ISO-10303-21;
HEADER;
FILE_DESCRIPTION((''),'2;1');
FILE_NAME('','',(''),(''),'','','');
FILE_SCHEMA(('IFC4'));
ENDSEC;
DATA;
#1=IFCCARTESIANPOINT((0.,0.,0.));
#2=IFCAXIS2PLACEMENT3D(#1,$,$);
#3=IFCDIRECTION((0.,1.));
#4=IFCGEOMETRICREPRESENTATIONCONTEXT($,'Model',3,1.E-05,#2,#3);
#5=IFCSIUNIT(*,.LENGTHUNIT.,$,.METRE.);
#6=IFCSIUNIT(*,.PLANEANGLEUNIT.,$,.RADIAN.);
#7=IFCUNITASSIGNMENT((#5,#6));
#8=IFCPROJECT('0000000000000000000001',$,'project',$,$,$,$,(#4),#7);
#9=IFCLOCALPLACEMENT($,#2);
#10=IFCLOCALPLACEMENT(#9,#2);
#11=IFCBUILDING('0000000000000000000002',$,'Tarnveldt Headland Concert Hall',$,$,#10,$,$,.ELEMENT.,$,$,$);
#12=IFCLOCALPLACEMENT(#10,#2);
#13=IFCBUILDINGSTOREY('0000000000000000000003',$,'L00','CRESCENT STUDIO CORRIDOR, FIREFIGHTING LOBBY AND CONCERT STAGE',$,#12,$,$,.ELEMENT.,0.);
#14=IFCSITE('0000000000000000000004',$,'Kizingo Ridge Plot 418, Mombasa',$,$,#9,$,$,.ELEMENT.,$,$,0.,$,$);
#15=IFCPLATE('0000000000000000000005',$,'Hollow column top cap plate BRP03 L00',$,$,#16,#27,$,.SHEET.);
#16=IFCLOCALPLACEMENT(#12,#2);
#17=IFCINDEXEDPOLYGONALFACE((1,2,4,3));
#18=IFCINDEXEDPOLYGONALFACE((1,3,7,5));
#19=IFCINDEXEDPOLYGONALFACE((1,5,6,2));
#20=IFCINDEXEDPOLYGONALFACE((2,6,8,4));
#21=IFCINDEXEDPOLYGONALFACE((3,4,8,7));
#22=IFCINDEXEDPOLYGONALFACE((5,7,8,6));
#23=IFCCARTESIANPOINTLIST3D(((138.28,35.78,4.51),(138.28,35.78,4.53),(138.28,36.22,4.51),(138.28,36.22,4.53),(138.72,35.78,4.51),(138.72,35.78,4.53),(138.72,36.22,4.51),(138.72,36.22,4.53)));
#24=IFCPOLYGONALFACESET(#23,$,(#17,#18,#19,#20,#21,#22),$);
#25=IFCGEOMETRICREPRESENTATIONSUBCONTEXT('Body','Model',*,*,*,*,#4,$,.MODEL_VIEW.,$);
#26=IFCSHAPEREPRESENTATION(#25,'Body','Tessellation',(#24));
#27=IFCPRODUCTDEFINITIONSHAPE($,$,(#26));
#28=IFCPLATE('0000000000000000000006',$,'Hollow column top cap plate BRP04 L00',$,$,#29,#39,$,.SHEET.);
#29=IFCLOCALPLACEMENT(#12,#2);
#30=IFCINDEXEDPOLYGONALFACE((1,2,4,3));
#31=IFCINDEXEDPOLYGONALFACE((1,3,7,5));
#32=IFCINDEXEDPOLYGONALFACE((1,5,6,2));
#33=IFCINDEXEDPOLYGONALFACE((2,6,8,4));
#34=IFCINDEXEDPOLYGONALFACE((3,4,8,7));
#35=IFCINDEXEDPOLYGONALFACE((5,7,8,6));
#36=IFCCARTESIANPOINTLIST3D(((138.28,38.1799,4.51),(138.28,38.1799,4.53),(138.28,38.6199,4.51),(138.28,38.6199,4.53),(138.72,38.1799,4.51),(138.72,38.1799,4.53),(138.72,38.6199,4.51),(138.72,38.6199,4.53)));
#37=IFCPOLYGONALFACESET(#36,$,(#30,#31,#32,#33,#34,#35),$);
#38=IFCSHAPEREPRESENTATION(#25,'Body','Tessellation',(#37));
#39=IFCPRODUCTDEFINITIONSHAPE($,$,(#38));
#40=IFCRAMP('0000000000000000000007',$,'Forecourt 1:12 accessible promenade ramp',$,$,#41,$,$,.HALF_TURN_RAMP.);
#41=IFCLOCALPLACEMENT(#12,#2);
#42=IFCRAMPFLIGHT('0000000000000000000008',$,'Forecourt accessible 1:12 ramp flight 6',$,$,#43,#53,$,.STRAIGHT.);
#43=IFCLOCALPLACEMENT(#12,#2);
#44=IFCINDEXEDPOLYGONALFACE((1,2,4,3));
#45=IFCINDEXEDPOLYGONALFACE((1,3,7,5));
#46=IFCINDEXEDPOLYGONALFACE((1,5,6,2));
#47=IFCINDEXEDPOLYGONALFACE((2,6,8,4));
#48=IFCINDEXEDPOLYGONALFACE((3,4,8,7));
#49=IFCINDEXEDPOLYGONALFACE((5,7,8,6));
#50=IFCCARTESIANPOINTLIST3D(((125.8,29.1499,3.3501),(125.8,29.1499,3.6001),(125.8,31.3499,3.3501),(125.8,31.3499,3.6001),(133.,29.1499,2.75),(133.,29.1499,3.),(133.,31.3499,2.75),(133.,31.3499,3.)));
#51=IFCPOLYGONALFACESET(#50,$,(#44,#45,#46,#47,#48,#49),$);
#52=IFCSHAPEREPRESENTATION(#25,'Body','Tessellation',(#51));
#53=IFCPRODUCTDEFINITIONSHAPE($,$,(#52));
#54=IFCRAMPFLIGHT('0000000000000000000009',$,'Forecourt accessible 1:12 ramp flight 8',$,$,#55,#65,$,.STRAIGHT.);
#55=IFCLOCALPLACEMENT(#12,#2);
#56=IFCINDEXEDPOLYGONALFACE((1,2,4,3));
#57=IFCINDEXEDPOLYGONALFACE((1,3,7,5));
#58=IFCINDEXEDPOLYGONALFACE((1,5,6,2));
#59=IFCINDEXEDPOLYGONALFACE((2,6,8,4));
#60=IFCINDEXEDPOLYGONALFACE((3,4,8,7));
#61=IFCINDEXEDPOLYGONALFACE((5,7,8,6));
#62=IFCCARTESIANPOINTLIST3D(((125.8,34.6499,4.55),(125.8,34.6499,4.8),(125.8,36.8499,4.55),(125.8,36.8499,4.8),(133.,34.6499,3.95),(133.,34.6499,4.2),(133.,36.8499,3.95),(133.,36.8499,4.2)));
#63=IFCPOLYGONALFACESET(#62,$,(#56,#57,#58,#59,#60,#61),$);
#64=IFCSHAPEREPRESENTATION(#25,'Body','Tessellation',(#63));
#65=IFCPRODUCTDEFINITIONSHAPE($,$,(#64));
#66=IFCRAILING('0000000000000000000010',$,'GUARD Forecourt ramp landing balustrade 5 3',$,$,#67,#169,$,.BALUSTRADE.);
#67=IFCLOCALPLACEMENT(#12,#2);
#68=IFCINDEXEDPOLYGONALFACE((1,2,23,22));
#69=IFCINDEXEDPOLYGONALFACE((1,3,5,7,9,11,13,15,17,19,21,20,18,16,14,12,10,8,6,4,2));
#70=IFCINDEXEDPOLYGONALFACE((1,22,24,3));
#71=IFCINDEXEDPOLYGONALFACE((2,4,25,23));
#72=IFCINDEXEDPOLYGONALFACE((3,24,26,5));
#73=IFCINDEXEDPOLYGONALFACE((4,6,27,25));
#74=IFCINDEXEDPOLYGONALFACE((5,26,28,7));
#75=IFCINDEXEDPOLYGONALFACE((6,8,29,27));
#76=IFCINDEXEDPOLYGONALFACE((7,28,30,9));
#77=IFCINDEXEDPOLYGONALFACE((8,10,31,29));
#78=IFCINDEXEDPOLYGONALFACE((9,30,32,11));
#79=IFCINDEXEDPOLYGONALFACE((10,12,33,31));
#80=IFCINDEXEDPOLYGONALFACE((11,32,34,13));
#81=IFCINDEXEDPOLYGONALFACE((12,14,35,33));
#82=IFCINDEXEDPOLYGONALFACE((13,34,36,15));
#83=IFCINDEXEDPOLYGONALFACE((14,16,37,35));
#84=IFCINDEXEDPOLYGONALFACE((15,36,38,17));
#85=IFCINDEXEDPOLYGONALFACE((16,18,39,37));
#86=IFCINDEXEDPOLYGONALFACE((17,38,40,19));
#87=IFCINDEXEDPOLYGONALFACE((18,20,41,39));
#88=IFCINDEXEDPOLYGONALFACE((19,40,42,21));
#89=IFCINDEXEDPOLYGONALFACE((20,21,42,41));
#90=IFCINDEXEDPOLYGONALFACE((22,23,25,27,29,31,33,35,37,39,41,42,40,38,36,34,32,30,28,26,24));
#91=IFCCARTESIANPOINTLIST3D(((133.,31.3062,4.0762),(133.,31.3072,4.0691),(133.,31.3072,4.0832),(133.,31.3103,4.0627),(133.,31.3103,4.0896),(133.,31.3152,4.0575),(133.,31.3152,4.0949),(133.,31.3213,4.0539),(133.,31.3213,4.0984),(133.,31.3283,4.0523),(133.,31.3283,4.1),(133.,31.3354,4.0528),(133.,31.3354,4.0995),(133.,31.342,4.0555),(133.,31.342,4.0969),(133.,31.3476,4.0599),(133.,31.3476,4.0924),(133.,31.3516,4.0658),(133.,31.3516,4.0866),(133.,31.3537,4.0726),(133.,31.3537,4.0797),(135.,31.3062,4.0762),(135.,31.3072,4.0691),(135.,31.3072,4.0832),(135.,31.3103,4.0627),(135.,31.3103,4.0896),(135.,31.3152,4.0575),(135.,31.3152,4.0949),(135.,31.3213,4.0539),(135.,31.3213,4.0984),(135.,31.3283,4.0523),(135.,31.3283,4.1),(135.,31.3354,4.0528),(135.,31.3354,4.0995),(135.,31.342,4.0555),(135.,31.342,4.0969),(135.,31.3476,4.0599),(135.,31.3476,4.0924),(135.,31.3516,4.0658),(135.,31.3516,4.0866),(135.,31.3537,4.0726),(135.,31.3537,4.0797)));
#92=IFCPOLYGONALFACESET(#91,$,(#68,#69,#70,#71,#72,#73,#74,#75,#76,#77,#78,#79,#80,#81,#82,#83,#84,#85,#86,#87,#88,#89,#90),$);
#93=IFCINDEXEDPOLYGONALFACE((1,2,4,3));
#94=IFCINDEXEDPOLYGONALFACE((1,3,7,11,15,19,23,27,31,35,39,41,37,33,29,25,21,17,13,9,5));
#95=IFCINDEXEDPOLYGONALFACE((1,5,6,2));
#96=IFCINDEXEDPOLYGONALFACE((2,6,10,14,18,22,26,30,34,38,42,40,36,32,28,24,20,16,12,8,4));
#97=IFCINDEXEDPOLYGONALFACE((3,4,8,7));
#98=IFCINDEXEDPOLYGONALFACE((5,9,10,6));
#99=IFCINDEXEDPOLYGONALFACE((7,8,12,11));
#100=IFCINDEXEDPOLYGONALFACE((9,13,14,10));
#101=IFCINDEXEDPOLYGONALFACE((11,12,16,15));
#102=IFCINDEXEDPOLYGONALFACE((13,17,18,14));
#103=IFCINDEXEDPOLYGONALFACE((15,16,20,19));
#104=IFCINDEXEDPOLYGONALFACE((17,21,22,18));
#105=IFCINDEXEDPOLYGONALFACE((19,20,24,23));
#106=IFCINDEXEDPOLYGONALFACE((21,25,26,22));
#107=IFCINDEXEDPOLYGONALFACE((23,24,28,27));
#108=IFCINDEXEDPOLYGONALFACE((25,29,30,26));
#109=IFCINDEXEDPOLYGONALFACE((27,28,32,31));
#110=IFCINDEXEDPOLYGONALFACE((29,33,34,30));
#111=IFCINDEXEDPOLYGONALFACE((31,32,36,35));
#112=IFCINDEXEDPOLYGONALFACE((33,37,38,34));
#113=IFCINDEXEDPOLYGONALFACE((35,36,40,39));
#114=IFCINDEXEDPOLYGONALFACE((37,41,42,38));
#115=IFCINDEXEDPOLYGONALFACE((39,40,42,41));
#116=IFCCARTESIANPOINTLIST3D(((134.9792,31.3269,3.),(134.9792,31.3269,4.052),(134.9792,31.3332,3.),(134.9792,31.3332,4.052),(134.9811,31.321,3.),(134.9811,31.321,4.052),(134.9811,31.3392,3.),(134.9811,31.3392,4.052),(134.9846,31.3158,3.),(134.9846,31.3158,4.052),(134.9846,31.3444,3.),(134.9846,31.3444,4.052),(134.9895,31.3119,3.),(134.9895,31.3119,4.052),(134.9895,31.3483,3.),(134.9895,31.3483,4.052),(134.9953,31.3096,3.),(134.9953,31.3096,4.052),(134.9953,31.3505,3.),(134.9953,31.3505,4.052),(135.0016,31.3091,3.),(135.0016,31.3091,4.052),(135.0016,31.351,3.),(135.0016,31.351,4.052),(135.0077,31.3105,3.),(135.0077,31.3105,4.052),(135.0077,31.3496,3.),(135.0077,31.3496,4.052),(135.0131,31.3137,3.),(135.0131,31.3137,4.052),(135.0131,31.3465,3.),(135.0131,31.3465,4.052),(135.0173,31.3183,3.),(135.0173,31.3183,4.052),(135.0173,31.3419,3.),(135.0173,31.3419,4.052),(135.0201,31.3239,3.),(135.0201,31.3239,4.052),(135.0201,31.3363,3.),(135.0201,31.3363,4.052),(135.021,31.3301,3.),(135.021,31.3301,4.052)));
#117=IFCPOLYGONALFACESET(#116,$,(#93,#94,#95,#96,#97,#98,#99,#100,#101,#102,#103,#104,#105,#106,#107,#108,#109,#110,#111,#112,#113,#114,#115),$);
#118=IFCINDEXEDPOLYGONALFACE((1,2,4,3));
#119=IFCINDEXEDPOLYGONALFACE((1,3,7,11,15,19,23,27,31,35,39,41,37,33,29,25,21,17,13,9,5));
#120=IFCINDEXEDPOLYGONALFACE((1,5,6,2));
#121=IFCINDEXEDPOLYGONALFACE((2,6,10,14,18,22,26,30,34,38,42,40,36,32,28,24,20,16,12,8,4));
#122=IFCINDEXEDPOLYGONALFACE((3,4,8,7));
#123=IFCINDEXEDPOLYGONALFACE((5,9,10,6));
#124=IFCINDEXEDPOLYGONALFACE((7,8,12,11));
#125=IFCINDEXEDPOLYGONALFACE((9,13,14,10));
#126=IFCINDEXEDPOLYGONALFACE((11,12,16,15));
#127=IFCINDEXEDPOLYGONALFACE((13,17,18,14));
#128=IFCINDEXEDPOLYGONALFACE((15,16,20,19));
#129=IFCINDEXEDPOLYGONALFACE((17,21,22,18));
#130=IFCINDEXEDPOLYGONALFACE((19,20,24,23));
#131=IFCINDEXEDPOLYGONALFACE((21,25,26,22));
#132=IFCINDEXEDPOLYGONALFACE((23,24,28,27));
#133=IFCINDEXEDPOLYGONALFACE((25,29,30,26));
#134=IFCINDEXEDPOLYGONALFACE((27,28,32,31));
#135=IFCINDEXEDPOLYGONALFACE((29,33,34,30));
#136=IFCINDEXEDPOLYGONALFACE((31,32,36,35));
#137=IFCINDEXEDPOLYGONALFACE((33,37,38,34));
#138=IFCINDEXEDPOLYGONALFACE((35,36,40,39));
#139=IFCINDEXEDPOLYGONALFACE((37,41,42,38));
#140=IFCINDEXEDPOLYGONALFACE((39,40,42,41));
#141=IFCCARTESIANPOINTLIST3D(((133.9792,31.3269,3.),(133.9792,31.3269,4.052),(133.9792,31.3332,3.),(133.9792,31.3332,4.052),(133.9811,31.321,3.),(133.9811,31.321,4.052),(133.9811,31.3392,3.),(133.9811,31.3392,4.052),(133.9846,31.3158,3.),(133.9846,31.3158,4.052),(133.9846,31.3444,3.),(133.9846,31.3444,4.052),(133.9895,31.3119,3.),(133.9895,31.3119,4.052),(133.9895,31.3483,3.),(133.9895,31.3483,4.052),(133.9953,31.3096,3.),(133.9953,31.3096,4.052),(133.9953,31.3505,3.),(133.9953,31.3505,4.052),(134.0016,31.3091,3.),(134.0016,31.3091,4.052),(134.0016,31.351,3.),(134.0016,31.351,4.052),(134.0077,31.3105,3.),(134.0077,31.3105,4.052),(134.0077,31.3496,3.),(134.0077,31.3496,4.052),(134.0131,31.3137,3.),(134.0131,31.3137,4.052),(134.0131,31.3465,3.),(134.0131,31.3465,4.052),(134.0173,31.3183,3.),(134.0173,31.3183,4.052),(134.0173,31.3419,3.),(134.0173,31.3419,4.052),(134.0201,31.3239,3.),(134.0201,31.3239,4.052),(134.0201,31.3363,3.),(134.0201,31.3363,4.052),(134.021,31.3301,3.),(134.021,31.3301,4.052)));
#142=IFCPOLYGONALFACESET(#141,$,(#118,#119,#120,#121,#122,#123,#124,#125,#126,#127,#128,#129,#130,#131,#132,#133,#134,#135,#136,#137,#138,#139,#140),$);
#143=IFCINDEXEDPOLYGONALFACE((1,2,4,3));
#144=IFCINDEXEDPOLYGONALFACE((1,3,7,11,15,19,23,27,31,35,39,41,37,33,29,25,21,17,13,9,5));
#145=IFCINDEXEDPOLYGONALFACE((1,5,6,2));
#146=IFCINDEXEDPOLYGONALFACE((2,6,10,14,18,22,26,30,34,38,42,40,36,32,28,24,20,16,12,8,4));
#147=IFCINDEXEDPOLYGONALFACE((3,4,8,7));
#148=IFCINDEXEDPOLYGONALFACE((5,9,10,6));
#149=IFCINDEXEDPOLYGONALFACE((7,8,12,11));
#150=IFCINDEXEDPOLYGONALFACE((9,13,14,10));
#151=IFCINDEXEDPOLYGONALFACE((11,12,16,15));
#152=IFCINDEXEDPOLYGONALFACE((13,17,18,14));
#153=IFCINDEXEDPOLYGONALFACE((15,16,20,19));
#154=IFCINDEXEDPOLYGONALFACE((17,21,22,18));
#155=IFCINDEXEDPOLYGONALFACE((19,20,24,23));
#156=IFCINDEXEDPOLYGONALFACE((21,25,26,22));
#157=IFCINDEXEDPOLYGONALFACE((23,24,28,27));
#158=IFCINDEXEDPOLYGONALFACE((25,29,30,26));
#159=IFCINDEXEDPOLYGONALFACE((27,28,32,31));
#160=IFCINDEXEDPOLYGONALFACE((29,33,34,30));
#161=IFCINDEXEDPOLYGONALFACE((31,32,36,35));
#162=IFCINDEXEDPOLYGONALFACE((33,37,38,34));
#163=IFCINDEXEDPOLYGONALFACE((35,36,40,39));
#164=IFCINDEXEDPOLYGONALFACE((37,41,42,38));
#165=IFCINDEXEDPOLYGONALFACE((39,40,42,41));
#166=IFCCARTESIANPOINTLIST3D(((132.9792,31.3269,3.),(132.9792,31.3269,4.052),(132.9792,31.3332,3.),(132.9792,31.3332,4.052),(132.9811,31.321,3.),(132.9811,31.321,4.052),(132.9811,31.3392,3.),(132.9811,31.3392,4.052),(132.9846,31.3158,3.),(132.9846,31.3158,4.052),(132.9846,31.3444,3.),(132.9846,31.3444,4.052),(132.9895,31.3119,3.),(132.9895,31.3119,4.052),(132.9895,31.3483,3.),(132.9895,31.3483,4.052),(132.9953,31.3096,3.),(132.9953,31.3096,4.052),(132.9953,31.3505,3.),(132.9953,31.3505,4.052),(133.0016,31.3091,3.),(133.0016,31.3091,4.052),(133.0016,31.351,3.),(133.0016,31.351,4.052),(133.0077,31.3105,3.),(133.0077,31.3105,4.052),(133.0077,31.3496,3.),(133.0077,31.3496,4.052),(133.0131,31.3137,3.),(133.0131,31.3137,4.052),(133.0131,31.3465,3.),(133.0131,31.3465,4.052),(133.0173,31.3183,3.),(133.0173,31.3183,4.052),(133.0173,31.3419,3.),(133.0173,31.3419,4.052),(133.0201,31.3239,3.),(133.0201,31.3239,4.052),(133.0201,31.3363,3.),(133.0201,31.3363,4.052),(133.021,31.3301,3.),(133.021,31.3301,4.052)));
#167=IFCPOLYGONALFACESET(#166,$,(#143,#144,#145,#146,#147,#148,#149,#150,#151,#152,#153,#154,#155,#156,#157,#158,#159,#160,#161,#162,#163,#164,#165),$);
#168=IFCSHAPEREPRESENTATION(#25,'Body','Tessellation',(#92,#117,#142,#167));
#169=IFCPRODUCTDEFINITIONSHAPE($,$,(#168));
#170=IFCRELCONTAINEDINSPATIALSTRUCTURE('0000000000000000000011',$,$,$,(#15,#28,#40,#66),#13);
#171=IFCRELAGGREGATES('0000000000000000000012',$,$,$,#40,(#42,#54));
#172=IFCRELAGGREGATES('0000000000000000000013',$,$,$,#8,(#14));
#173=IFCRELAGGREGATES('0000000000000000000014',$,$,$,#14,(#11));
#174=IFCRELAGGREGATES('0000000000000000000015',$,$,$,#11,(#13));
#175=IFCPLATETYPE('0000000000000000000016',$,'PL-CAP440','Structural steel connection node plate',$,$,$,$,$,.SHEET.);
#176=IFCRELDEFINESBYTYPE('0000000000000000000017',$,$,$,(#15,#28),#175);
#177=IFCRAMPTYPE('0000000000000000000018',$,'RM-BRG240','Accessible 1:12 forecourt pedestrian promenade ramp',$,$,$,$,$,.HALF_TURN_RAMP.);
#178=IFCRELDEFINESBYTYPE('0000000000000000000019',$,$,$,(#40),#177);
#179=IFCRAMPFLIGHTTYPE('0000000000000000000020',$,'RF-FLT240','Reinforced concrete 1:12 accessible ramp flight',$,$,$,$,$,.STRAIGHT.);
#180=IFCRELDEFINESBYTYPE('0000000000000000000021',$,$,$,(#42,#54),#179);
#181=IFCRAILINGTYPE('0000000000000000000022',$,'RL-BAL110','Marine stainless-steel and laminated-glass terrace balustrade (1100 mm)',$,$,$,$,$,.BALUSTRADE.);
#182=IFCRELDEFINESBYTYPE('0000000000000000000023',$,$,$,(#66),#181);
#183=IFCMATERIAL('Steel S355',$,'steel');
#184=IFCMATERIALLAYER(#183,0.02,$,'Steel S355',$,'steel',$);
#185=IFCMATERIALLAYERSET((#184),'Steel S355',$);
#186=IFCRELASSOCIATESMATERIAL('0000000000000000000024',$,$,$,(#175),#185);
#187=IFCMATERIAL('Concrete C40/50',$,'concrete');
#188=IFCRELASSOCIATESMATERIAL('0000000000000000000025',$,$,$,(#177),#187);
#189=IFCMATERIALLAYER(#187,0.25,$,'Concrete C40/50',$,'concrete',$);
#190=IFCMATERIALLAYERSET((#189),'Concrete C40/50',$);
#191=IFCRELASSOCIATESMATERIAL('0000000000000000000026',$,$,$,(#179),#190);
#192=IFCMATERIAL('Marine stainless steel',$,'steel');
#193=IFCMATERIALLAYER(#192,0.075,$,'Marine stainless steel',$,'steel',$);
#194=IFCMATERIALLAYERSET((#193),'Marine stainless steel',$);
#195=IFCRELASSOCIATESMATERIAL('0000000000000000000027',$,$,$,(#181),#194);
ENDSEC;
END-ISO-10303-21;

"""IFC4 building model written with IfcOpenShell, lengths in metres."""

from ifc_helpers import new_model, si_unit, direction, frame, origin, origin_2d, place, context, subcontext, project, spatial, polyline, rectangle, circle, outline, extrude, material, layer, layer_set, type_object, element, aggregate, save


model = new_model("IFC4")

# Units and contexts
model_context = context("Model", 3, precision=1e-05, world=origin(), true_north=direction((0.0, 1.0)))
body_context = subcontext(model_context, "Body", "Model", "MODEL_VIEW")
ifc_project = project(units=[si_unit("LENGTHUNIT", "METRE"), si_unit("PLANEANGLEUNIT", "RADIAN")], contexts=[model_context])

# Site, building, storey
site_placement = place(None, origin())
site = spatial("IfcSite", under=ifc_project, at=site_placement, Name="Kizingo Ridge Plot 418, Mombasa", CompositionType="ELEMENT", RefElevation=0.0)
building_placement = place(site_placement, origin())
building = spatial("IfcBuilding", under=site, at=building_placement, Name="Tarnveldt Headland Concert Hall", CompositionType="ELEMENT")
storey_placement = place(building_placement, origin())
storey = spatial("IfcBuildingStorey", under=building, at=storey_placement, Name="L00", Description="CRESCENT STUDIO CORRIDOR, FIREFIGHTING LOBBY AND CONCERT STAGE", CompositionType="ELEMENT", Elevation=0.0)

# Shared definitions
ifc_material_1 = material(Name="Concrete C40/50", Category="concrete")
ifc_material_2 = material(Name="Steel S355", Category="steel")

# Plates
ifc_layer_1 = layer(ifc_material_2, 0.02, Name="Steel S355", Category="steel")
ifc_layer_set_1 = layer_set([ifc_layer_1], Name="Steel S355")
plate_type = type_object("IfcPlateType", Name="PL-CAP440", Description="Structural steel connection node plate", PredefinedType="SHEET", material=ifc_layer_set_1)
for number, where, z_axis, x_axis, name in (
    (1, (138.5, 36.0, 4.51), (0.0, 0.0, 1.0), (1.0, 0.0, 0.0), "Hollow column top cap plate BRP03 L00"),
    (2, (138.5, 38.3999, 4.51), (0.0, 0.0, 1.0), (1.0, 0.0, 0.0), "Hollow column top cap plate BRP04 L00"),
):
    element("IfcPlate", number, at=place(storey_placement, frame(where, z_axis=z_axis, x_axis=x_axis)), inside=storey, type_object=plate_type, Name=name, PredefinedType="SHEET", context=body_context, shape_type="SweptSolid", body=[
        extrude(rectangle(XDim=0.4399, YDim=0.4399, at=origin_2d()), origin(), (0.0, 0.0, 1.0), 0.02),
    ])

# Ramp, ramp flights
ramp_type = type_object("IfcRampType", Name="RM-BRG240", Description="Accessible 1:12 forecourt pedestrian promenade ramp", PredefinedType="HALF_TURN_RAMP", material=ifc_material_1)
ramp_placement = place(storey_placement, origin())
ramp = element("IfcRamp", 3, at=ramp_placement, inside=storey, type_object=ramp_type, Name="Forecourt 1:12 accessible promenade ramp", PredefinedType="HALF_TURN_RAMP")
ifc_layer_2 = layer(ifc_material_1, 0.25, Name="Concrete C40/50", Category="concrete")
ifc_layer_set_2 = layer_set([ifc_layer_2], Name="Concrete C40/50")
ramp_flight_type = type_object("IfcRampFlightType", Name="RF-FLT240", Description="Reinforced concrete 1:12 accessible ramp flight", PredefinedType="STRAIGHT", material=ifc_layer_set_2)
ramp_flight_1_placement = place(storey_placement, frame((133.0, 30.25, 3.0), z_axis=(0.0, 0.0, 1.0), x_axis=(-1.0, 0.0, 0.0)))
ramp_flight_1 = element("IfcRampFlight", 4, at=ramp_flight_1_placement, type_object=ramp_flight_type, Name="Forecourt accessible 1:12 ramp flight 6", PredefinedType="STRAIGHT", context=body_context, shape_type="SweptSolid", body=[
    extrude(outline(polyline([(0.0, 0.0), (7.2, 0.6001), (7.2, 0.3501), (0.0, -0.25), (0.0, 0.0)])), frame((0.0, 1.1001, 0.0), z_axis=(0.0, -1.0, 0.0), x_axis=(1.0, 0.0, 0.0)), (0.0, 0.0, 1.0), 2.2),
])
ramp_flight_2_placement = place(storey_placement, frame((133.0, 35.75, 4.2), z_axis=(0.0, 0.0, 1.0), x_axis=(-1.0, 0.0, 0.0)))
ramp_flight_2 = element("IfcRampFlight", 5, at=ramp_flight_2_placement, type_object=ramp_flight_type, Name="Forecourt accessible 1:12 ramp flight 8", PredefinedType="STRAIGHT", context=body_context, shape_type="SweptSolid", body=[
    extrude(outline(polyline([(0.0, 0.0), (7.2, 0.6001), (7.2, 0.3501), (0.0, -0.25), (0.0, 0.0)])), frame((0.0, 1.1001, 0.0), z_axis=(0.0, -1.0, 0.0), x_axis=(1.0, 0.0, 0.0)), (0.0, 0.0, 1.0), 2.2),
])
aggregate(ramp, [ramp_flight_1, ramp_flight_2])

# Railing
ifc_material_3 = material(Name="Marine stainless steel", Category="steel")
ifc_layer_3 = layer(ifc_material_3, 0.075, Name="Marine stainless steel", Category="steel")
ifc_layer_set_3 = layer_set([ifc_layer_3], Name="Marine stainless steel")
railing_type = type_object("IfcRailingType", Name="RL-BAL110", Description="Marine stainless-steel and laminated-glass terrace balustrade (1100 mm)", PredefinedType="BALUSTRADE", material=ifc_layer_set_3)
railing_1_placement = place(storey_placement, frame((135.0, 31.3301, 3.0)))
element("IfcRailing", 6, at=railing_1_placement, inside=storey, type_object=railing_type, Name="GUARD Forecourt ramp landing balustrade 5 3", PredefinedType="BALUSTRADE", context=body_context, shape_type="SweptSolid", body=[
    extrude(circle(Radius=0.0239, at=origin_2d()), frame((0.0, 0.0, 1.0762), z_axis=(-1.0, 0.0, 0.0), x_axis=(0.0, -1.0, 0.0)), (0.0, 0.0, 1.0), 2.0),
    extrude(circle(Radius=0.021, at=origin_2d()), origin(), (0.0, 0.0, 1.0), 1.052),
    extrude(circle(Radius=0.021, at=origin_2d()), frame((-1.0, 0.0, 0.0)), (0.0, 0.0, 1.0), 1.052),
    extrude(circle(Radius=0.021, at=origin_2d()), frame((-2.0, 0.0, 0.0)), (0.0, 0.0, 1.0), 1.052),
])

save(model, "model.ifc")
